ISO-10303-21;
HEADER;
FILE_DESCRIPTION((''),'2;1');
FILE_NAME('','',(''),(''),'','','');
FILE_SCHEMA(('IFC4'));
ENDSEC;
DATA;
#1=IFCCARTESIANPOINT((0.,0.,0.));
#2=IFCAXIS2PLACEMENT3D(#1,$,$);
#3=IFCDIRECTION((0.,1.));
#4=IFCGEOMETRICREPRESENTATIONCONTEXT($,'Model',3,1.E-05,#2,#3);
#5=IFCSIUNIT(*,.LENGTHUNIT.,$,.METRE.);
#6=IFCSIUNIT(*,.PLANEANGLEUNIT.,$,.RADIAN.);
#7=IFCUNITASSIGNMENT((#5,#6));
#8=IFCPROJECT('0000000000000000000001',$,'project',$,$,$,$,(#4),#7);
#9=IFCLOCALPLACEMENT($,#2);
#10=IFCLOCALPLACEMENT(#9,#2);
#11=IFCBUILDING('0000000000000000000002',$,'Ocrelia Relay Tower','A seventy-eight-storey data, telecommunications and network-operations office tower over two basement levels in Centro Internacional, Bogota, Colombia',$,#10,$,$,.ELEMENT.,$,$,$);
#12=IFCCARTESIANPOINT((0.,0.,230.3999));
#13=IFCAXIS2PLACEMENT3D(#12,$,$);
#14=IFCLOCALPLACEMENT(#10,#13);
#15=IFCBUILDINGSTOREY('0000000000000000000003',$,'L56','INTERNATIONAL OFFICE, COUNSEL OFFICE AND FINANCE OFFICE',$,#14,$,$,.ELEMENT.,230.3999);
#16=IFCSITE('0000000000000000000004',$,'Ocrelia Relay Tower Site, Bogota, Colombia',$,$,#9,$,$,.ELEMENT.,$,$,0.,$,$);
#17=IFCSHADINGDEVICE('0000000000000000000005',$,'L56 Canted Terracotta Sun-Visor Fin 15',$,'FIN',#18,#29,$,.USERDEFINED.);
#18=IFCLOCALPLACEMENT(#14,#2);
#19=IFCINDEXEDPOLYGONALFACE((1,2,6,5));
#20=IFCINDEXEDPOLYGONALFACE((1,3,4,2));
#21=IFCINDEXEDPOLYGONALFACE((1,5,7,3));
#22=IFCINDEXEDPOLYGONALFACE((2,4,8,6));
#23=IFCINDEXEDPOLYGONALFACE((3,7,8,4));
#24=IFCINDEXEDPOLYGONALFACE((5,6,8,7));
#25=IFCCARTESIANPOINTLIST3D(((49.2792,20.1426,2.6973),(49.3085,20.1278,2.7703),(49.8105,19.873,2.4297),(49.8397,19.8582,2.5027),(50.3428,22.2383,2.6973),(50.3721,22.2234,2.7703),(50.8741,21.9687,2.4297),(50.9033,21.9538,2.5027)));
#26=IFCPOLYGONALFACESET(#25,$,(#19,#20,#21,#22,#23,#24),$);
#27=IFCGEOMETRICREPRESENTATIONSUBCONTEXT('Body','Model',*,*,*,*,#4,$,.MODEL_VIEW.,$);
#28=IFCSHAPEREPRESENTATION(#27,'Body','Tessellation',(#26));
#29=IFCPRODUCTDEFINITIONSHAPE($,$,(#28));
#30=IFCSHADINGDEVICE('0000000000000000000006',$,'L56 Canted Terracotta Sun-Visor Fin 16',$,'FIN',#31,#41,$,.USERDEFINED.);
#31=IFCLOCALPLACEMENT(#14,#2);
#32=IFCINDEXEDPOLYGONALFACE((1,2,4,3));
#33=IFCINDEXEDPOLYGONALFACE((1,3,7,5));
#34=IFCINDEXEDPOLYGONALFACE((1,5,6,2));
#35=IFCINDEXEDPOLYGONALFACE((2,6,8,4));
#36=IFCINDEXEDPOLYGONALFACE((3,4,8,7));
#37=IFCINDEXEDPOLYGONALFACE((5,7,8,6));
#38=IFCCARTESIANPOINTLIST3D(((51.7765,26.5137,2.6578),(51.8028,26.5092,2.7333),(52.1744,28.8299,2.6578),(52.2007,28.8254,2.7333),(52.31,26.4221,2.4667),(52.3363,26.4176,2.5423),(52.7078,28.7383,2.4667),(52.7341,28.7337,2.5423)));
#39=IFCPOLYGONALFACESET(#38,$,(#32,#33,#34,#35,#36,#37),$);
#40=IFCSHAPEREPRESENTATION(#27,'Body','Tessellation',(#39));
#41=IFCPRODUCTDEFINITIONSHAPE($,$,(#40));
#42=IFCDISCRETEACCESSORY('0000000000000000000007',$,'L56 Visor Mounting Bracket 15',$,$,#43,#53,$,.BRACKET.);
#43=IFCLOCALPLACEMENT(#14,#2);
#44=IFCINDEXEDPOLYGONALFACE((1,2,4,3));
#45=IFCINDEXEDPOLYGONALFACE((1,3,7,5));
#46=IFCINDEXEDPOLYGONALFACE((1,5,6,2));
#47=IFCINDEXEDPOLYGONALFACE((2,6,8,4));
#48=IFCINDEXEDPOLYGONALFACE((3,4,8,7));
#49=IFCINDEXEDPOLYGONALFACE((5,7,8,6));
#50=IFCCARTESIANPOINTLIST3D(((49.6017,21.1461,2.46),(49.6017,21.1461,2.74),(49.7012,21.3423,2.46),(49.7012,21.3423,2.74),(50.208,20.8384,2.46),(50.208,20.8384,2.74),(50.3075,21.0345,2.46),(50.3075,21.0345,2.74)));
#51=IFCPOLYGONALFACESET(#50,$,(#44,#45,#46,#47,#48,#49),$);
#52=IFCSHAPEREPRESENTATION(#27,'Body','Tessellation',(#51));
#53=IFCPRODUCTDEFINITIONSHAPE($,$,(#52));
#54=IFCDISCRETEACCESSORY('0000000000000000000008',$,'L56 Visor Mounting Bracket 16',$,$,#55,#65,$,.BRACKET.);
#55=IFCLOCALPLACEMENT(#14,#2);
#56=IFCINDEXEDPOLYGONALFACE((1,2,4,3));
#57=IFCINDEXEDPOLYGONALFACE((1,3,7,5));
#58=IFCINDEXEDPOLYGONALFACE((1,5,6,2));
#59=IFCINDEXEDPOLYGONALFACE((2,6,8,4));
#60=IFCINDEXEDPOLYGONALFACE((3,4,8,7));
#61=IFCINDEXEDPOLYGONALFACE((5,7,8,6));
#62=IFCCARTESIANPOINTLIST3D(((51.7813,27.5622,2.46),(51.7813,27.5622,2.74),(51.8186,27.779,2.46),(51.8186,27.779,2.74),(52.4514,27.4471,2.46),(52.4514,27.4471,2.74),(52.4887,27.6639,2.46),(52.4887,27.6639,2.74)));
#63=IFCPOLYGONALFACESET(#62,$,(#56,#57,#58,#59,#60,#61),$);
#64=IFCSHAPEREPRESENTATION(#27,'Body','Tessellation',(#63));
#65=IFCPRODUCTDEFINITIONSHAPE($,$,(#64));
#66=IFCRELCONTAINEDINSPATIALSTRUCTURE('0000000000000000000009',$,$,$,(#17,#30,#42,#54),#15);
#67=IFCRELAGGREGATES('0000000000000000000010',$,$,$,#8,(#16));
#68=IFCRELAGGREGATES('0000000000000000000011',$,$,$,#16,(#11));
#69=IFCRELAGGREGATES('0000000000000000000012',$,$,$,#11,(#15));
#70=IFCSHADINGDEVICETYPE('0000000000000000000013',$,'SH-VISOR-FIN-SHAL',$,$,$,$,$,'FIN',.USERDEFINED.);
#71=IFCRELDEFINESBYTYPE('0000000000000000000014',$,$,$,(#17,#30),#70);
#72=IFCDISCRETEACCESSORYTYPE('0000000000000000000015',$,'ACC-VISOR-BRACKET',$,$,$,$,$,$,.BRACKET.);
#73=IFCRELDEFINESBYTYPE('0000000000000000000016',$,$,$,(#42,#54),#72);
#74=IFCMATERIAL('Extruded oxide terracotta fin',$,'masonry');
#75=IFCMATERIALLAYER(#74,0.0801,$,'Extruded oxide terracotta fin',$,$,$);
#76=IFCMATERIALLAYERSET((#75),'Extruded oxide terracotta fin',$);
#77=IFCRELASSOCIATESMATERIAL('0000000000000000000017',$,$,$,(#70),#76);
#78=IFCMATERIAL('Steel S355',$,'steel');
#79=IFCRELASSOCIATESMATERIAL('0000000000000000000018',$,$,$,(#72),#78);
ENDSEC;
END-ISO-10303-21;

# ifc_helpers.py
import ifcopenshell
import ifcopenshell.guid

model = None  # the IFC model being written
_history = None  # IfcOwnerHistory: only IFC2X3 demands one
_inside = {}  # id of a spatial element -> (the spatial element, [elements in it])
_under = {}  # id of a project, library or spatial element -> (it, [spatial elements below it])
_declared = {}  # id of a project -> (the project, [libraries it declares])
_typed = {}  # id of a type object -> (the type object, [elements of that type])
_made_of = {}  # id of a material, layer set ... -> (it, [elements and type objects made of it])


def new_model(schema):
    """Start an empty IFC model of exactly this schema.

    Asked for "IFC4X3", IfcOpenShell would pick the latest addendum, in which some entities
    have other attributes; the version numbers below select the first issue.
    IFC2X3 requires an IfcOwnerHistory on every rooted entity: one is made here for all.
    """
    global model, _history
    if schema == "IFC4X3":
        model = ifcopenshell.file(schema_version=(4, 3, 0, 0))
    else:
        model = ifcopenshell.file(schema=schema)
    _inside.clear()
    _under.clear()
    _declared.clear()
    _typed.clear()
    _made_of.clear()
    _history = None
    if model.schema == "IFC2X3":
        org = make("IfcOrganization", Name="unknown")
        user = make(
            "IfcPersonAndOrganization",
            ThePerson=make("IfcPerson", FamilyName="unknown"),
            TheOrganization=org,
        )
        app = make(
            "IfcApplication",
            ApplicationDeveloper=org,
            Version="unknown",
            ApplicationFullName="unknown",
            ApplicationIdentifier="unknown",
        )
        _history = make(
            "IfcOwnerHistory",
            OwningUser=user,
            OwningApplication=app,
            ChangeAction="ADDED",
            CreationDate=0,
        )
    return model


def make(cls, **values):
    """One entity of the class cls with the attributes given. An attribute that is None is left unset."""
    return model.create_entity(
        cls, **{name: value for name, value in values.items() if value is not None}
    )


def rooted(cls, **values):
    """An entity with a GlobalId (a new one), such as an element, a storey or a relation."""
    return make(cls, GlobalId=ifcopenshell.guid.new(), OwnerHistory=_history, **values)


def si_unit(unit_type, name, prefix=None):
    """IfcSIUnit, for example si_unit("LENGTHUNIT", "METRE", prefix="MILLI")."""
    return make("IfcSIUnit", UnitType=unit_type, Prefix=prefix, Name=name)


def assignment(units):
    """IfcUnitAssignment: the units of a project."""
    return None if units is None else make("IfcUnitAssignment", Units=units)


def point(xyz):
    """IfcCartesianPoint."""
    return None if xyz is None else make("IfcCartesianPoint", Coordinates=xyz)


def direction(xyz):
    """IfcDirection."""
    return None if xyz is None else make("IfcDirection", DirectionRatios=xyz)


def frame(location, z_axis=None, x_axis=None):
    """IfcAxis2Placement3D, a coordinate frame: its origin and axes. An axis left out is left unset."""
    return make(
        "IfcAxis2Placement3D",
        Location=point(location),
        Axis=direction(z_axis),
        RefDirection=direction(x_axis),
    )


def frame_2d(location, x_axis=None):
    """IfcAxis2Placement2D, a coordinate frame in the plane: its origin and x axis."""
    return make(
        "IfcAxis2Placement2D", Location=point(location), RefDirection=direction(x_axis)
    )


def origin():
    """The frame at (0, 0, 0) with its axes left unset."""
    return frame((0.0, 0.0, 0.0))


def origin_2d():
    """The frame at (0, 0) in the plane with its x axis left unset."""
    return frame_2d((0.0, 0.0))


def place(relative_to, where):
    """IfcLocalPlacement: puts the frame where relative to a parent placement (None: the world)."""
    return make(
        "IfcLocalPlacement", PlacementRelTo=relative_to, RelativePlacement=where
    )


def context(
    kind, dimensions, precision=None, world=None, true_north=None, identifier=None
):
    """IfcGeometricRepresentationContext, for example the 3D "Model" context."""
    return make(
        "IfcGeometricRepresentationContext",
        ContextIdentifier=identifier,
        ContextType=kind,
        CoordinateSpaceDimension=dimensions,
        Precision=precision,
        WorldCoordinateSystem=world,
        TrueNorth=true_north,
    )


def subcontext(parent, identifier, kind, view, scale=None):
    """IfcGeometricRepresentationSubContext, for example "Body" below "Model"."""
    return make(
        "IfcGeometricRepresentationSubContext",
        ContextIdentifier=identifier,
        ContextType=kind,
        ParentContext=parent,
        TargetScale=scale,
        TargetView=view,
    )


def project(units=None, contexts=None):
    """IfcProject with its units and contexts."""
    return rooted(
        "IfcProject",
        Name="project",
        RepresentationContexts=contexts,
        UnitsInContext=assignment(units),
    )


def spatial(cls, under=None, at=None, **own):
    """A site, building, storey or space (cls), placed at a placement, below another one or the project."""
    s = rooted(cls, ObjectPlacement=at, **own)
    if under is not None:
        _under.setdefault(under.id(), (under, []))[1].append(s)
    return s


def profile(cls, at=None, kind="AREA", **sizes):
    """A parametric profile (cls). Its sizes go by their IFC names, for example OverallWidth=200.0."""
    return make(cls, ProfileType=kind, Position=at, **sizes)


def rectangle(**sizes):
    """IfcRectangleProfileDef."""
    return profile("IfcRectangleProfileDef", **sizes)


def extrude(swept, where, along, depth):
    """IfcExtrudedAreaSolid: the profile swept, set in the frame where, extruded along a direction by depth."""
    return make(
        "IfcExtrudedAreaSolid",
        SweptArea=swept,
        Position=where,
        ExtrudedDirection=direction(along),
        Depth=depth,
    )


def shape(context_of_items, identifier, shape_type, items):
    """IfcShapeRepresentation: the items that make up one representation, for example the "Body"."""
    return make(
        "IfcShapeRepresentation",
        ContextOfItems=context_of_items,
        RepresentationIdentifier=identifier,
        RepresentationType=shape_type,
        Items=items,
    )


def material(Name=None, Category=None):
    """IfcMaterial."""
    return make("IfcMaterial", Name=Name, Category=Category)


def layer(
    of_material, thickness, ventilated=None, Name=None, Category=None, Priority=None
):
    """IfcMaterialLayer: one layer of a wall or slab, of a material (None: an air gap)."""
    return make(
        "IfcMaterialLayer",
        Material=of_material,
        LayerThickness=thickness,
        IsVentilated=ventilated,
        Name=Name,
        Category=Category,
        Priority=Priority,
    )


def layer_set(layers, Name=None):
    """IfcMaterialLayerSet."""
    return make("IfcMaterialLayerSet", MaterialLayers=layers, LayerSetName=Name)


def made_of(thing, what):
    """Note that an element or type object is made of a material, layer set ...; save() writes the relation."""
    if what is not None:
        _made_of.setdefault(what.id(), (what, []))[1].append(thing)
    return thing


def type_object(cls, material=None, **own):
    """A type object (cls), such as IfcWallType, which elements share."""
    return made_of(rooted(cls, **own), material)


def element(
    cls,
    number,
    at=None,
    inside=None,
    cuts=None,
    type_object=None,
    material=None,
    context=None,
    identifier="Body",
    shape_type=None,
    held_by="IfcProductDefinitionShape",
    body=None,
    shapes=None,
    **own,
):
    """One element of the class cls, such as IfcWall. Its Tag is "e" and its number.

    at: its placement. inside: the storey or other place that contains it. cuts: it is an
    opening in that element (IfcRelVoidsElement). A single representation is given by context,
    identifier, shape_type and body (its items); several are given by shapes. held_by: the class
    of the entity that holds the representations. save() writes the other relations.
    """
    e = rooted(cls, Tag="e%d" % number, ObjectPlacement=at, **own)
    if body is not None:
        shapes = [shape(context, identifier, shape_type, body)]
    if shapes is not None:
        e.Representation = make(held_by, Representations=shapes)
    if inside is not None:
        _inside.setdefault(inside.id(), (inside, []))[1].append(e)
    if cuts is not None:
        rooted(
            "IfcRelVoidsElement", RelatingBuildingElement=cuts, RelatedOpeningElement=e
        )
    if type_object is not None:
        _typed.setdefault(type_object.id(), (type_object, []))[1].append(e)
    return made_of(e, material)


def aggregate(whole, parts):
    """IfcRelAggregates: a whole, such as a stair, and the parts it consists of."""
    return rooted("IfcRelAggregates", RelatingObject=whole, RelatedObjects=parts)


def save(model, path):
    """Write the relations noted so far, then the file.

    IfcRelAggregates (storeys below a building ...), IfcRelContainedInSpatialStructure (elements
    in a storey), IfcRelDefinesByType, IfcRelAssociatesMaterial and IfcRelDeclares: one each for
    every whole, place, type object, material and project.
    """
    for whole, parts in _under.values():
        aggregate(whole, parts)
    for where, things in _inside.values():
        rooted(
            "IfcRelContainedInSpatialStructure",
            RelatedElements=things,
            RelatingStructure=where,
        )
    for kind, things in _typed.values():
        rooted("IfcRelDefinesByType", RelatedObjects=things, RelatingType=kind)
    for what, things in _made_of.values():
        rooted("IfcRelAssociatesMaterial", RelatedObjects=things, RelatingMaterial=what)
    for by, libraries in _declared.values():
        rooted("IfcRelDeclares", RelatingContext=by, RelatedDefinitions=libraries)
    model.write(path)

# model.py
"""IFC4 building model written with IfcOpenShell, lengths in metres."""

from ifc_helpers import new_model, si_unit, direction, frame, origin, origin_2d, place, context, subcontext, project, spatial, rectangle, extrude, material, layer, layer_set, type_object, element, save


model = new_model("IFC4")

# Units and contexts
model_context = context("Model", 3, precision=1e-05, world=origin(), true_north=direction((0.0, 1.0)))
body_context = subcontext(model_context, "Body", "Model", "MODEL_VIEW")
ifc_project = project(units=[si_unit("LENGTHUNIT", "METRE"), si_unit("PLANEANGLEUNIT", "RADIAN")], contexts=[model_context])

# Site, building, storey
site_placement = place(None, origin())
site = spatial("IfcSite", under=ifc_project, at=site_placement, Name="Ocrelia Relay Tower Site, Bogota, Colombia", CompositionType="ELEMENT", RefElevation=0.0)
building_placement = place(site_placement, origin())
building = spatial("IfcBuilding", under=site, at=building_placement, Name="Ocrelia Relay Tower", Description="A seventy-eight-storey data, telecommunications and network-operations office tower over two basement levels in Centro Internacional, Bogota, Colombia", CompositionType="ELEMENT")
storey_placement = place(building_placement, frame((0.0, 0.0, 230.3999)))
storey = spatial("IfcBuildingStorey", under=building, at=storey_placement, Name="L56", Description="INTERNATIONAL OFFICE, COUNSEL OFFICE AND FINANCE OFFICE", CompositionType="ELEMENT", Elevation=230.3999)

# Shared definitions
ifc_material_1 = material(Name="Steel S355", Category="steel")

# Shading devices
ifc_material_2 = material(Name="Extruded oxide terracotta fin", Category="masonry")
ifc_layer_1 = layer(ifc_material_2, 0.0801, Name="Extruded oxide terracotta fin")
ifc_layer_set_1 = layer_set([ifc_layer_1], Name="Extruded oxide terracotta fin")
shading_device_type_1 = type_object("IfcShadingDeviceType", Name="SH-VISOR-FIN-SHAL", ElementType="FIN", PredefinedType="USERDEFINED", material=ifc_layer_set_1)
shading_device_1_placement = place(storey_placement, frame((50.0767, 21.0557, 2.5635), z_axis=(0.365397, -0.185449, 0.912192), x_axis=(0.452574, 0.891727, 0.0)))
element("IfcShadingDevice", 1, at=shading_device_1_placement, inside=storey, type_object=shading_device_type_1, Name="L56 Canted Terracotta Sun-Visor Fin 15", ObjectType="FIN", PredefinedType="USERDEFINED", context=body_context, shape_type="SweptSolid", body=[
    extrude(rectangle(XDim=2.3501, YDim=0.6531, at=origin_2d()), origin(), (0.0, 0.0, 1.0), 0.0801),
])
shading_device_2_placement = place(storey_placement, frame((52.2422, 27.626, 2.5623), z_axis=(0.328016, -0.056343, 0.942991), x_axis=(0.169289, 0.985566, 0.0)))
element("IfcShadingDevice", 2, at=shading_device_2_placement, inside=storey, type_object=shading_device_type_1, Name="L56 Canted Terracotta Sun-Visor Fin 16", ObjectType="FIN", PredefinedType="USERDEFINED", context=body_context, shape_type="SweptSolid", body=[
    extrude(rectangle(XDim=2.3501, YDim=0.574, at=origin_2d()), origin(), (0.0, 0.0, 1.0), 0.0801),
])

# Discrete accessories
discrete_accessory_type = type_object("IfcDiscreteAccessoryType", Name="ACC-VISOR-BRACKET", PredefinedType="BRACKET", material=ifc_material_1)
for number, where, z_axis, x_axis, name in (
    (3, (49.9546, 21.0903, 2.46), (0.0, 0.0, 1.0), (0.452574, 0.891727, 0.0), "L56 Visor Mounting Bracket 15"),
    (4, (52.135, 27.613, 2.46), (0.0, 0.0, 1.0), (0.169289, 0.985566, 0.0), "L56 Visor Mounting Bracket 16"),
):
    element("IfcDiscreteAccessory", number, at=place(storey_placement, frame(where, z_axis=z_axis, x_axis=x_axis)), inside=storey, type_object=discrete_accessory_type, Name=name, PredefinedType="BRACKET", context=body_context, shape_type="SweptSolid", body=[
        extrude(rectangle(XDim=0.22, YDim=0.6799, at=origin_2d()), origin(), (0.0, 0.0, 1.0), 0.28),
    ])

save(model, "model.ifc")
